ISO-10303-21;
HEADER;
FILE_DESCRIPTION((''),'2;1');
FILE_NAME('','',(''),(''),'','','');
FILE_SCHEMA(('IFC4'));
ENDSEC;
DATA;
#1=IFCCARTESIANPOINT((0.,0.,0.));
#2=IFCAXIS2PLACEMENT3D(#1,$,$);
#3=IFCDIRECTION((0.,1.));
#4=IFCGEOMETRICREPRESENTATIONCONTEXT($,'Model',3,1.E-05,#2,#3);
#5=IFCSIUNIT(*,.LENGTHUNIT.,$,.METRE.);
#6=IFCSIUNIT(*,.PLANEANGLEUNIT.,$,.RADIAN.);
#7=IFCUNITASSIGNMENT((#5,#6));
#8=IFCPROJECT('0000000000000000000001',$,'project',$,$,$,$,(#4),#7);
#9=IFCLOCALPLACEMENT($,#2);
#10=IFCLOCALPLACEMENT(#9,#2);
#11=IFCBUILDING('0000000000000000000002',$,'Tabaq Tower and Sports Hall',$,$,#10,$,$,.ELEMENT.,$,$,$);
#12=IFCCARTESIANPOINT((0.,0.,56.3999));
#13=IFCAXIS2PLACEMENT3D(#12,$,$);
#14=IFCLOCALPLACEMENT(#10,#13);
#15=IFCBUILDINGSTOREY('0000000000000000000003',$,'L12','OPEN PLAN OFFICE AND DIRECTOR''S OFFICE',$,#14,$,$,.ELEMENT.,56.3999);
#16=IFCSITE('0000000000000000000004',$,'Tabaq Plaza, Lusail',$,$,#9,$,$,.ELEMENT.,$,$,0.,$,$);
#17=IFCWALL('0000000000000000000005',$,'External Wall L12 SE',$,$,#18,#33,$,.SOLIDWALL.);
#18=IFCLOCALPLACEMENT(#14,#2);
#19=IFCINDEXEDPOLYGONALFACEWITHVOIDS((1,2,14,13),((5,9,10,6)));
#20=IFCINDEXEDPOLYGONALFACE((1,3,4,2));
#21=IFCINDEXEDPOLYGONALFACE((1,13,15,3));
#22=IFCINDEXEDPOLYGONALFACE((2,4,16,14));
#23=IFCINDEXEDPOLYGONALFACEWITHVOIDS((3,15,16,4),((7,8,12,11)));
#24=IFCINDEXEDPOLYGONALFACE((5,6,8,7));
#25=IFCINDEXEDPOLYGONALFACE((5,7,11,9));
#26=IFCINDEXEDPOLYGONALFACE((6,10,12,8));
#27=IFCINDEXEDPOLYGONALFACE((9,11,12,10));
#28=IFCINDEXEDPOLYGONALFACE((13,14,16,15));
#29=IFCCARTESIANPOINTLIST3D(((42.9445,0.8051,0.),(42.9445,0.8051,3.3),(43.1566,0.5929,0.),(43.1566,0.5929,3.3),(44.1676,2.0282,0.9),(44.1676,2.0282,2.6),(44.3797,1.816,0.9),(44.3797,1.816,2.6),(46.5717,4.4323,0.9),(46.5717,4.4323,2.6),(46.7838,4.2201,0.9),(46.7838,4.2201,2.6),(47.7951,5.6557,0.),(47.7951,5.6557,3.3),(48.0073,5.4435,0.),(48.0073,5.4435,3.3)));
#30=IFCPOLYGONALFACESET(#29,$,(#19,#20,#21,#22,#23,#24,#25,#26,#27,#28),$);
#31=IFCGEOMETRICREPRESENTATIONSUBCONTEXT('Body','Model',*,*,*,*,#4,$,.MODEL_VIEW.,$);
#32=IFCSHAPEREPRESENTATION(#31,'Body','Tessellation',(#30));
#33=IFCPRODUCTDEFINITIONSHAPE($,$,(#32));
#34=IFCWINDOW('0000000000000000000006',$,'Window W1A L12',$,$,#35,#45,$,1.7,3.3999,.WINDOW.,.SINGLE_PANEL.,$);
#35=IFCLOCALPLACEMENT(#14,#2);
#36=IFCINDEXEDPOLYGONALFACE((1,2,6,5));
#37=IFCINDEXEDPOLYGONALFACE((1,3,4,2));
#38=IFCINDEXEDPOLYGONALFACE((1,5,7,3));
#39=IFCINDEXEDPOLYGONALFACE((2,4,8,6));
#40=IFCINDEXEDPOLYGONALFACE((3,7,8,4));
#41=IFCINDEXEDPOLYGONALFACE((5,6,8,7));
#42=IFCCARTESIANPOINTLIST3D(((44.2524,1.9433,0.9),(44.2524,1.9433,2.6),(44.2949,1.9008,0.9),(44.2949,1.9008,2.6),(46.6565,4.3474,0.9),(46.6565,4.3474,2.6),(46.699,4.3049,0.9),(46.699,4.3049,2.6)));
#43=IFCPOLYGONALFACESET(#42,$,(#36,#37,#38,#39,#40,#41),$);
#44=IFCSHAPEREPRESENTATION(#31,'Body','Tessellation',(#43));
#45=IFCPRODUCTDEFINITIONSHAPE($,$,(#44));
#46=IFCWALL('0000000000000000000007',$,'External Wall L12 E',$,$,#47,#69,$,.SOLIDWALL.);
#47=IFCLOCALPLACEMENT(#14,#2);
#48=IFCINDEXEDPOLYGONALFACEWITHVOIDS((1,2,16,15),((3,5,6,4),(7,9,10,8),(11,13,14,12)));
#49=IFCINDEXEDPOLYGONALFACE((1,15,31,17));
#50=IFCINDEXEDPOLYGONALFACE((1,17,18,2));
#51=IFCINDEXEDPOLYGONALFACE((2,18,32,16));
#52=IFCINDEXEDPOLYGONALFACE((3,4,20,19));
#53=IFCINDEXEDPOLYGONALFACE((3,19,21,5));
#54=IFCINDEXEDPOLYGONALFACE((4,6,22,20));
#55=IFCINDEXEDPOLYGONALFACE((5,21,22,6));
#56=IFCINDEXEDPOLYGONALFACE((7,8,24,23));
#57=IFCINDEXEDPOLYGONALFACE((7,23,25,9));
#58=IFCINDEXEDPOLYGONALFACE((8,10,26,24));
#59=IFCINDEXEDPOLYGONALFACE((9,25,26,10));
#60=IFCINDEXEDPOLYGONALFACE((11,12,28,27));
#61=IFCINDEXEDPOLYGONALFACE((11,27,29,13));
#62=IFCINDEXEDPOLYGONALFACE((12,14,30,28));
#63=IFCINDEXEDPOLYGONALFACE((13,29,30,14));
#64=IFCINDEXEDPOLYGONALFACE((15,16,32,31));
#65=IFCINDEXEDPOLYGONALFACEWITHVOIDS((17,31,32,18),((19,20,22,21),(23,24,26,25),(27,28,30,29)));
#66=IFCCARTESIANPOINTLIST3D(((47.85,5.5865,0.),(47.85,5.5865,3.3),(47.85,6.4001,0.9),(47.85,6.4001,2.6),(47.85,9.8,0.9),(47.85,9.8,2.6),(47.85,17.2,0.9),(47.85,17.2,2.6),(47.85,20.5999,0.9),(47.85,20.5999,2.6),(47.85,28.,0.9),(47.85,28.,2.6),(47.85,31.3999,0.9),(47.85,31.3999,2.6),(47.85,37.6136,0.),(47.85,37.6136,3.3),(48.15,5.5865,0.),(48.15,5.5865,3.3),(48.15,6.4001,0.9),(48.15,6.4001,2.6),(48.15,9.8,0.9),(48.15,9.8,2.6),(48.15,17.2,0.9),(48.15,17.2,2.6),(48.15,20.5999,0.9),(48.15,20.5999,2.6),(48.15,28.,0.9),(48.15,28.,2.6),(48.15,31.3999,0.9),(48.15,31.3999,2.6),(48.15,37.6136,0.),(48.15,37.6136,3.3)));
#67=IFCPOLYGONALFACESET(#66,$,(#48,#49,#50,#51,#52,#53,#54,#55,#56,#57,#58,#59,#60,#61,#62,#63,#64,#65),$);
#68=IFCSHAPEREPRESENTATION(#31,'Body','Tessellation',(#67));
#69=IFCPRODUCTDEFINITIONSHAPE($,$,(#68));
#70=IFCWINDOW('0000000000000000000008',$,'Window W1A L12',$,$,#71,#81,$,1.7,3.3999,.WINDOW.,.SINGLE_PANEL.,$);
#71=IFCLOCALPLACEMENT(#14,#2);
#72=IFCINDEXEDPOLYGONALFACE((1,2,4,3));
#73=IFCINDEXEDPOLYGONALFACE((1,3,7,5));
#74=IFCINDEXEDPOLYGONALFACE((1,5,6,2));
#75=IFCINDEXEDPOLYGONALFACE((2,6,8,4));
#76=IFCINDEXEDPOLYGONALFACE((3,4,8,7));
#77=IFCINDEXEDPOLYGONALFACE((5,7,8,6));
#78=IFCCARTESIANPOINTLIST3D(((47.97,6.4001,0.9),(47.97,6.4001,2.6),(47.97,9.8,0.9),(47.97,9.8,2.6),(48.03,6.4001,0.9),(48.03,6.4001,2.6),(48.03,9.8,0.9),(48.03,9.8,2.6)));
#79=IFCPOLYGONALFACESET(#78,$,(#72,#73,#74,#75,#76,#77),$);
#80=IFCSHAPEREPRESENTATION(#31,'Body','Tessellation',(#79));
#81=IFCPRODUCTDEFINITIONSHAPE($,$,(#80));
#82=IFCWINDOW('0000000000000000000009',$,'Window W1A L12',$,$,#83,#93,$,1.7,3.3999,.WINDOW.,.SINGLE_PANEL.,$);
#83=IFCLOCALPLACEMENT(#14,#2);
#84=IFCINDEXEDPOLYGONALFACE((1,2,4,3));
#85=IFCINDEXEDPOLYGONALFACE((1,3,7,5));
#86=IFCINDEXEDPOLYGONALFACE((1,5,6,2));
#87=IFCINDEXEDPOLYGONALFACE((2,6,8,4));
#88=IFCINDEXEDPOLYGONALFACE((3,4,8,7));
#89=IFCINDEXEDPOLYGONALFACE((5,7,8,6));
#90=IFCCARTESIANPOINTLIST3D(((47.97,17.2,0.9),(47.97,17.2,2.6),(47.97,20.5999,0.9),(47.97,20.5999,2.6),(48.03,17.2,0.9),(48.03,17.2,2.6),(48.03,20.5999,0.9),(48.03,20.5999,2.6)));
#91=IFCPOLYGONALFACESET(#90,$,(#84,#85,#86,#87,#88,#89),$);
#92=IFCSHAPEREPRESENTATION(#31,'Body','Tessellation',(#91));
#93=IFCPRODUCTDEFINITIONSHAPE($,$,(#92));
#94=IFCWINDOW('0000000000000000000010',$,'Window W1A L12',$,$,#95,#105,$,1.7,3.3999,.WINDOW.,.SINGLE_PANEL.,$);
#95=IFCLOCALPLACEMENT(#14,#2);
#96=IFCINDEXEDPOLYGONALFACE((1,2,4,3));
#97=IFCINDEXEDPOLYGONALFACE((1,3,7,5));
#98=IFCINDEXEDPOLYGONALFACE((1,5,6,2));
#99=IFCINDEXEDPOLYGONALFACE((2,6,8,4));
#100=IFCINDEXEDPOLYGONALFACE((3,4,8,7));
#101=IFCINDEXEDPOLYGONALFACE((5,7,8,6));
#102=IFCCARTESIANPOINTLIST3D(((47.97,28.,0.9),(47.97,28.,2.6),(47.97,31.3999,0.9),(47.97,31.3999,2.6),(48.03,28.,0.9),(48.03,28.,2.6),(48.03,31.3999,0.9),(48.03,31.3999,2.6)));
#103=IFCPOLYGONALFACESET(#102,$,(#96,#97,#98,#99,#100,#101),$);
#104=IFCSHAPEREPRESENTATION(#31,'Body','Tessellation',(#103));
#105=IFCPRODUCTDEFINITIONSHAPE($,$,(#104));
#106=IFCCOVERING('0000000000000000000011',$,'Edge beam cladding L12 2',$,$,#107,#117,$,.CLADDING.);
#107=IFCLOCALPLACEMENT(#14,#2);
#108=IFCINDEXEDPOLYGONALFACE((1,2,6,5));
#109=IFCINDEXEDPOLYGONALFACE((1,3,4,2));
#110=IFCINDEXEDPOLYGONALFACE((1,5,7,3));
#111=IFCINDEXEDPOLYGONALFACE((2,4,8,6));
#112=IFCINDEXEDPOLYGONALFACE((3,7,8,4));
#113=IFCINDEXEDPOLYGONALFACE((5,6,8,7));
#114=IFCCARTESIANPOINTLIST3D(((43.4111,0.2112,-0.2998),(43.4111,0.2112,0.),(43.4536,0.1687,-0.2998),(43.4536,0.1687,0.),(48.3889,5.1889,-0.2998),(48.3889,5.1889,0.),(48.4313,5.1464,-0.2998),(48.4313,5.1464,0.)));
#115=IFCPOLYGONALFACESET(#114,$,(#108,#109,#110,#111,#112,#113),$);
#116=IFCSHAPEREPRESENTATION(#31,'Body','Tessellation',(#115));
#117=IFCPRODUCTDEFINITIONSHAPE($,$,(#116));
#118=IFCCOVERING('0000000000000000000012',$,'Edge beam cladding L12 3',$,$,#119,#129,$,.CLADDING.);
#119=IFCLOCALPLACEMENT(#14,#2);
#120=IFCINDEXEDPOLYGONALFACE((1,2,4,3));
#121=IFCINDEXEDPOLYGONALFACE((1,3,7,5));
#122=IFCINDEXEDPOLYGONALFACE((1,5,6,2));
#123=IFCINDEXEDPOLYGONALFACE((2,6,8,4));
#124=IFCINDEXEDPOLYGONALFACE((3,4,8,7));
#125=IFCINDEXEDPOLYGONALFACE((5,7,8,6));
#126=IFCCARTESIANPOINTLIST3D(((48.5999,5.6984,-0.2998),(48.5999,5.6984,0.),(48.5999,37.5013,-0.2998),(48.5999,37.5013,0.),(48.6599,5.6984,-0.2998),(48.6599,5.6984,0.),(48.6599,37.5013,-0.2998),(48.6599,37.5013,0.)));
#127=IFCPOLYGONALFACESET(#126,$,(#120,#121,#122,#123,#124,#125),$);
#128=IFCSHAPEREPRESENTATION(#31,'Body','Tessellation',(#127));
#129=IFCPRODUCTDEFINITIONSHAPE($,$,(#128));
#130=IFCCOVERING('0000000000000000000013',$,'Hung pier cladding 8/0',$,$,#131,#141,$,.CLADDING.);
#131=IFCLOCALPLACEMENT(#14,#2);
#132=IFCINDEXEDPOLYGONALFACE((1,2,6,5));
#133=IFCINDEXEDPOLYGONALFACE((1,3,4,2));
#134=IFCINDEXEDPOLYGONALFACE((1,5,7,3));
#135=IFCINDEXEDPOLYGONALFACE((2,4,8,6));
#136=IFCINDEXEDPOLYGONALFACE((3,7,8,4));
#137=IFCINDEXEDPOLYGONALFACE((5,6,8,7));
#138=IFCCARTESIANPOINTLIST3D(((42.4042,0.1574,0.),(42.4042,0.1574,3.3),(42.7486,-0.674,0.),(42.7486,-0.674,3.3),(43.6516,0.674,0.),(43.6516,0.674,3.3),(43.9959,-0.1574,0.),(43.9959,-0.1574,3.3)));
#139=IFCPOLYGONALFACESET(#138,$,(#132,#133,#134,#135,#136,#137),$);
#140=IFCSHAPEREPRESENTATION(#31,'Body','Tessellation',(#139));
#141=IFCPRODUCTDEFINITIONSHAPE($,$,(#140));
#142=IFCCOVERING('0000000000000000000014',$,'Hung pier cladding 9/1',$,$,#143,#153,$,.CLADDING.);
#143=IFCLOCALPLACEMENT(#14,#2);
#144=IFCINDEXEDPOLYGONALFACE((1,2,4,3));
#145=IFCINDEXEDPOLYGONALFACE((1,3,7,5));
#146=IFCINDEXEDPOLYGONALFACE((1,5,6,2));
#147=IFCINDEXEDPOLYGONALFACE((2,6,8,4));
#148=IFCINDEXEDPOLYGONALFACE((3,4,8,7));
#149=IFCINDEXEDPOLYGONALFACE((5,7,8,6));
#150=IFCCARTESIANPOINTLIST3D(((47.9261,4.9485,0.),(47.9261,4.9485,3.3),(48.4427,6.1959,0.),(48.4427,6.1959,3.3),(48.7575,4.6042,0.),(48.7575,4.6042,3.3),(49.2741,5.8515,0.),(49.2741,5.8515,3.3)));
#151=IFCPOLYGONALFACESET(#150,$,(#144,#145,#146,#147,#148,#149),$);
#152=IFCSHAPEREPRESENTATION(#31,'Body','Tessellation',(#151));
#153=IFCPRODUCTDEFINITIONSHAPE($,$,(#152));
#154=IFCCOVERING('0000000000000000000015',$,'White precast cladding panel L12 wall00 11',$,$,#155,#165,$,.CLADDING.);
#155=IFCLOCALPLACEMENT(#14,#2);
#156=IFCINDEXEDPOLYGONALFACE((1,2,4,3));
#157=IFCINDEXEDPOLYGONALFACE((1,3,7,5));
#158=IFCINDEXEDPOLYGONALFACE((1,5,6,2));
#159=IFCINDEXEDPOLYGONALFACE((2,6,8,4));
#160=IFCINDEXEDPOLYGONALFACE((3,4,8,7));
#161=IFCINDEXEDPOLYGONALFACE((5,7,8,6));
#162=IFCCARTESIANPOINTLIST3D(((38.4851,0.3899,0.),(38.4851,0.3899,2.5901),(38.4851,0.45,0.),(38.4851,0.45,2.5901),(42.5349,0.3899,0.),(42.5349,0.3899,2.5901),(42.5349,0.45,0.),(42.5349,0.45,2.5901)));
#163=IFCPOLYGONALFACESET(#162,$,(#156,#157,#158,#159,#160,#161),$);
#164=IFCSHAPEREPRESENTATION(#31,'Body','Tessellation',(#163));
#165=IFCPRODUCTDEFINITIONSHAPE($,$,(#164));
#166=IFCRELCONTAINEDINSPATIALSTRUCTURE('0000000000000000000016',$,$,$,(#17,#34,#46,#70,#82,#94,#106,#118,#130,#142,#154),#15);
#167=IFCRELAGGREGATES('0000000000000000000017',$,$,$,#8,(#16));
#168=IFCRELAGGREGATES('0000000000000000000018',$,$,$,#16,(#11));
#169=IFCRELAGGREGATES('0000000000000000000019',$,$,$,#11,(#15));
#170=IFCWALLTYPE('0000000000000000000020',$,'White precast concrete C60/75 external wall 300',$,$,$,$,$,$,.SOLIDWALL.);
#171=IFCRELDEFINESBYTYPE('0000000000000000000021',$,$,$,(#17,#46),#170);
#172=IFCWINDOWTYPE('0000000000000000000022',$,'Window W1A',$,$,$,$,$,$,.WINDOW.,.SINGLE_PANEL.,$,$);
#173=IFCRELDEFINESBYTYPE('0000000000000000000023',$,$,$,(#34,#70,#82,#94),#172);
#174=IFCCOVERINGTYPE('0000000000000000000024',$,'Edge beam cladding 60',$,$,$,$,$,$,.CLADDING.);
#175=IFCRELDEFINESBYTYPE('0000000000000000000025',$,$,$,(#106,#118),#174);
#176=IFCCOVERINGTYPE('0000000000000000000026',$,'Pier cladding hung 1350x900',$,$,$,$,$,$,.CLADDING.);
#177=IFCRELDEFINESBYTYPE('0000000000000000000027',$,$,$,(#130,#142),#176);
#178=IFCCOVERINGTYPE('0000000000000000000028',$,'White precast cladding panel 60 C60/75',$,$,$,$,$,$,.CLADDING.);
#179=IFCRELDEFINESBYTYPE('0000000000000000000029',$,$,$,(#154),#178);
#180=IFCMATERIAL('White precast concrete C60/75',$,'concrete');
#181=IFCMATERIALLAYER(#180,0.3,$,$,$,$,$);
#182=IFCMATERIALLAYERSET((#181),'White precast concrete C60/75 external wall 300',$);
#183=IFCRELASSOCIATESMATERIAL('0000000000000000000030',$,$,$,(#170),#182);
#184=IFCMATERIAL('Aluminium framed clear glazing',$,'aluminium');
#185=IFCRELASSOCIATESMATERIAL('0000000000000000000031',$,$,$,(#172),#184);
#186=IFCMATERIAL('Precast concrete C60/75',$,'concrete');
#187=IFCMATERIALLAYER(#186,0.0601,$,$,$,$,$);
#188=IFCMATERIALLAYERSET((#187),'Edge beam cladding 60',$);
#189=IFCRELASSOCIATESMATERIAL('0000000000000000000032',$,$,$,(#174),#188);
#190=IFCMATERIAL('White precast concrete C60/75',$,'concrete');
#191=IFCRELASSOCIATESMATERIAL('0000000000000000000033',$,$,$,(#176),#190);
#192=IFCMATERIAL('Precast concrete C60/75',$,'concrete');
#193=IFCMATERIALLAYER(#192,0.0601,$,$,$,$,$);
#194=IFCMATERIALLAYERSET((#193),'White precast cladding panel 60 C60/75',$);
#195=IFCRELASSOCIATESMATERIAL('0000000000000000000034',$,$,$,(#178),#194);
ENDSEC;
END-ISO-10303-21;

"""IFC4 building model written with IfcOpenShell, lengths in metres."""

from ifc_helpers import new_model, si_unit, direction, frame, frame_2d, origin, place, context, subcontext, project, spatial, rectangle, extrude, material, layer, layer_set, type_object, element, fill, save


model = new_model("IFC4")

# Units and contexts
model_context = context("Model", 3, precision=1e-05, world=origin(), true_north=direction((0.0, 1.0)))
body_context = subcontext(model_context, "Body", "Model", "MODEL_VIEW")
ifc_project = project(units=[si_unit("LENGTHUNIT", "METRE"), si_unit("PLANEANGLEUNIT", "RADIAN")], contexts=[model_context])

# Site, building, storey
site_placement = place(None, origin())
site = spatial("IfcSite", under=ifc_project, at=site_placement, Name="Tabaq Plaza, Lusail", CompositionType="ELEMENT", RefElevation=0.0)
building_placement = place(site_placement, origin())
building = spatial("IfcBuilding", under=site, at=building_placement, Name="Tabaq Tower and Sports Hall", CompositionType="ELEMENT")
storey_placement = place(building_placement, frame((0.0, 0.0, 56.3999)))
storey = spatial("IfcBuildingStorey", under=building, at=storey_placement, Name="L12", Description="OPEN PLAN OFFICE AND DIRECTOR'S OFFICE", CompositionType="ELEMENT", Elevation=56.3999)

# Wall, opening, window
ifc_material_1 = material(Name="White precast concrete C60/75", Category="concrete")
ifc_layer_1 = layer(ifc_material_1, 0.3)
ifc_layer_set_1 = layer_set([ifc_layer_1], Name="White precast concrete C60/75 external wall 300")
wall_type_1 = type_object("IfcWallType", Name="White precast concrete C60/75 external wall 300", PredefinedType="SOLIDWALL", material=ifc_layer_set_1)
wall_1_placement = place(storey_placement, frame((43.0505, 0.699, 0.0), z_axis=(0.0, 0.0, 1.0), x_axis=(0.707107, 0.707107, 0.0)))
wall_1 = element("IfcWall", 1, at=wall_1_placement, inside=storey, type_object=wall_type_1, Name="External Wall L12 SE", PredefinedType="SOLIDWALL", context=body_context, shape_type="SweptSolid", body=[
    extrude(rectangle(XDim=6.8599, YDim=0.3, at=frame_2d((3.4299, 0.0))), origin(), (0.0, 0.0, 1.0), 3.3),
])
opening_1_placement = place(wall_1_placement, frame((1.7297, 0.0, 0.8999)))
opening_1 = element("IfcOpeningElement", 2, at=opening_1_placement, cuts=wall_1, PredefinedType="OPENING", context=body_context, shape_type="SweptSolid", body=[
    extrude(rectangle(XDim=3.3999, YDim=1.7, at=frame_2d((1.7, 0.8501))), frame((0.0, 0.1602, 0.0), z_axis=(0.0, -1.0, 0.0), x_axis=(1.0, 0.0, 0.0)), (0.0, 0.0, 1.0), 0.3201),
])
ifc_material_2 = material(Name="Aluminium framed clear glazing", Category="aluminium")
window_type = type_object("IfcWindowType", Name="Window W1A", PartitioningType="SINGLE_PANEL", PredefinedType="WINDOW", material=ifc_material_2)
window_1_placement = place(opening_1_placement, origin())
window_1 = element("IfcWindow", 3, at=window_1_placement, inside=storey, type_object=window_type, Name="Window W1A L12", OverallHeight=1.7, OverallWidth=3.3999, PartitioningType="SINGLE_PANEL", PredefinedType="WINDOW", context=body_context, shape_type="SweptSolid", body=[
    extrude(rectangle(XDim=3.3999, YDim=1.7, at=frame_2d((1.7, 0.8501))), frame((0.0, 0.03, 0.0), z_axis=(0.0, -1.0, 0.0), x_axis=(1.0, 0.0, 0.0)), (0.0, 0.0, 1.0), 0.0601),
])
fill(opening_1, window_1)

# Wall, openings, windows
wall_2_placement = place(storey_placement, frame((48.0, 5.5864, 0.0), z_axis=(0.0, 0.0, 1.0), x_axis=(0.0, 1.0, 0.0)))
wall_2 = element("IfcWall", 4, at=wall_2_placement, inside=storey, type_object=wall_type_1, Name="External Wall L12 E", PredefinedType="SOLIDWALL", context=body_context, shape_type="SweptSolid", body=[
    extrude(rectangle(XDim=32.0271, YDim=0.3, at=frame_2d((16.0137, 0.0))), origin(), (0.0, 0.0, 1.0), 3.3),
])
opening_2_placement = place(wall_2_placement, frame((0.8137, 0.0, 0.8999)))
opening_2 = element("IfcOpeningElement", 5, at=opening_2_placement, cuts=wall_2, PredefinedType="OPENING", context=body_context, shape_type="SweptSolid", body=[
    extrude(rectangle(XDim=3.3999, YDim=1.7, at=frame_2d((1.7, 0.8501))), frame((0.0, 0.1602, 0.0), z_axis=(0.0, -1.0, 0.0), x_axis=(1.0, 0.0, 0.0)), (0.0, 0.0, 1.0), 0.3201),
])
opening_3_placement = place(wall_2_placement, frame((11.6135, 0.0, 0.8999)))
opening_3 = element("IfcOpeningElement", 6, at=opening_3_placement, cuts=wall_2, PredefinedType="OPENING", context=body_context, shape_type="SweptSolid", body=[
    extrude(rectangle(XDim=3.3999, YDim=1.7, at=frame_2d((1.7, 0.8501))), frame((0.0, 0.1602, 0.0), z_axis=(0.0, -1.0, 0.0), x_axis=(1.0, 0.0, 0.0)), (0.0, 0.0, 1.0), 0.3201),
])
opening_4_placement = place(wall_2_placement, frame((22.4136, 0.0, 0.8999)))
opening_4 = element("IfcOpeningElement", 7, at=opening_4_placement, cuts=wall_2, PredefinedType="OPENING", context=body_context, shape_type="SweptSolid", body=[
    extrude(rectangle(XDim=3.3999, YDim=1.7, at=frame_2d((1.7, 0.8501))), frame((0.0, 0.1602, 0.0), z_axis=(0.0, -1.0, 0.0), x_axis=(1.0, 0.0, 0.0)), (0.0, 0.0, 1.0), 0.3201),
])
window_2_placement = place(opening_2_placement, origin())
window_2 = element("IfcWindow", 8, at=window_2_placement, inside=storey, type_object=window_type, Name="Window W1A L12", OverallHeight=1.7, OverallWidth=3.3999, PartitioningType="SINGLE_PANEL", PredefinedType="WINDOW", context=body_context, shape_type="SweptSolid", body=[
    extrude(rectangle(XDim=3.3999, YDim=1.7, at=frame_2d((1.7, 0.8501))), frame((0.0, 0.03, 0.0), z_axis=(0.0, -1.0, 0.0), x_axis=(1.0, 0.0, 0.0)), (0.0, 0.0, 1.0), 0.0601),
])
fill(opening_2, window_2)
window_3_placement = place(opening_3_placement, origin())
window_3 = element("IfcWindow", 9, at=window_3_placement, inside=storey, type_object=window_type, Name="Window W1A L12", OverallHeight=1.7, OverallWidth=3.3999, PartitioningType="SINGLE_PANEL", PredefinedType="WINDOW", context=body_context, shape_type="SweptSolid", body=[
    extrude(rectangle(XDim=3.3999, YDim=1.7, at=frame_2d((1.7, 0.8501))), frame((0.0, 0.03, 0.0), z_axis=(0.0, -1.0, 0.0), x_axis=(1.0, 0.0, 0.0)), (0.0, 0.0, 1.0), 0.0601),
])
fill(opening_3, window_3)
window_4_placement = place(opening_4_placement, origin())
window_4 = element("IfcWindow", 10, at=window_4_placement, inside=storey, type_object=window_type, Name="Window W1A L12", OverallHeight=1.7, OverallWidth=3.3999, PartitioningType="SINGLE_PANEL", PredefinedType="WINDOW", context=body_context, shape_type="SweptSolid", body=[
    extrude(rectangle(XDim=3.3999, YDim=1.7, at=frame_2d((1.7, 0.8501))), frame((0.0, 0.03, 0.0), z_axis=(0.0, -1.0, 0.0), x_axis=(1.0, 0.0, 0.0)), (0.0, 0.0, 1.0), 0.0601),
])
fill(opening_4, window_4)

# Coverings
ifc_material_3 = material(Name="Precast concrete C60/75", Category="concrete")
ifc_layer_2 = layer(ifc_material_3, 0.0601)
ifc_layer_set_2 = layer_set([ifc_layer_2], Name="Edge beam cladding 60")
covering_type_1 = type_object("IfcCoveringType", Name="Edge beam cladding 60", PredefinedType="CLADDING", material=ifc_layer_set_2)
covering_1_placement = place(storey_placement, frame((43.4324, 0.1899, -0.2998), z_axis=(0.0, 0.0, 1.0), x_axis=(0.707107, 0.707107, 0.0)))
element("IfcCovering", 11, at=covering_1_placement, inside=storey, type_object=covering_type_1, Name="Edge beam cladding L12 2", PredefinedType="CLADDING", context=body_context, shape_type="SweptSolid", body=[
    extrude(rectangle(XDim=7.0396, YDim=0.0601, at=frame_2d((3.5198, 0.0))), origin(), (0.0, 0.0, 1.0), 0.2998),
])
covering_2_placement = place(storey_placement, frame((48.6299, 5.6985, -0.2998), z_axis=(0.0, 0.0, 1.0), x_axis=(0.0, 1.0, 0.0)))
element("IfcCovering", 12, at=covering_2_placement, inside=storey, type_object=covering_type_1, Name="Edge beam cladding L12 3", PredefinedType="CLADDING", context=body_context, shape_type="SweptSolid", body=[
    extrude(rectangle(XDim=31.803, YDim=0.0601, at=frame_2d((15.9014, 0.0))), origin(), (0.0, 0.0, 1.0), 0.2998),
])
ifc_material_4 = material(Name="White precast concrete C60/75", Category="concrete")
covering_type_2 = type_object("IfcCoveringType", Name="Pier cladding hung 1350x900", PredefinedType="CLADDING", material=ifc_material_4)
for number, where, z_axis, x_axis, name in (
    (13, (42.5764, -0.2583, 0.0), (0.0, 0.0, 1.0), (0.923893, 0.38265, 0.0), "Hung pier cladding 8/0"),
    (14, (48.3418, 4.7764, 0.0), (0.0, 0.0, 1.0), (0.38265, 0.923893, 0.0), "Hung pier cladding 9/1"),
):
    element("IfcCovering", number, at=place(storey_placement, frame(where, z_axis=z_axis, x_axis=x_axis)), inside=storey, type_object=covering_type_2, Name=name, PredefinedType="CLADDING", context=body_context, shape_type="SweptSolid", body=[
        extrude(rectangle(XDim=1.3501, YDim=0.8999, at=frame_2d((0.675, 0.0))), origin(), (0.0, 0.0, 1.0), 3.3),
    ])
ifc_material_5 = material(Name="Precast concrete C60/75", Category="concrete")
ifc_layer_3 = layer(ifc_material_5, 0.0601)
ifc_layer_set_3 = layer_set([ifc_layer_3], Name="White precast cladding panel 60 C60/75")
covering_type_3 = type_object("IfcCoveringType", Name="White precast cladding panel 60 C60/75", PredefinedType="CLADDING", material=ifc_layer_set_3)
covering_3_placement = place(storey_placement, frame((38.4851, 0.4199, 0.0), z_axis=(0.0, 0.0, 1.0), x_axis=(1.0, 0.0, 0.0)))
element("IfcCovering", 15, at=covering_3_placement, inside=storey, type_object=covering_type_3, Name="White precast cladding panel L12 wall00 11", PredefinedType="CLADDING", context=body_context, shape_type="SweptSolid", body=[
    extrude(rectangle(XDim=4.0498, YDim=0.0601, at=frame_2d((2.0249, 0.0))), origin(), (0.0, 0.0, 1.0), 2.5901),
])

save(model, "model.ifc")
